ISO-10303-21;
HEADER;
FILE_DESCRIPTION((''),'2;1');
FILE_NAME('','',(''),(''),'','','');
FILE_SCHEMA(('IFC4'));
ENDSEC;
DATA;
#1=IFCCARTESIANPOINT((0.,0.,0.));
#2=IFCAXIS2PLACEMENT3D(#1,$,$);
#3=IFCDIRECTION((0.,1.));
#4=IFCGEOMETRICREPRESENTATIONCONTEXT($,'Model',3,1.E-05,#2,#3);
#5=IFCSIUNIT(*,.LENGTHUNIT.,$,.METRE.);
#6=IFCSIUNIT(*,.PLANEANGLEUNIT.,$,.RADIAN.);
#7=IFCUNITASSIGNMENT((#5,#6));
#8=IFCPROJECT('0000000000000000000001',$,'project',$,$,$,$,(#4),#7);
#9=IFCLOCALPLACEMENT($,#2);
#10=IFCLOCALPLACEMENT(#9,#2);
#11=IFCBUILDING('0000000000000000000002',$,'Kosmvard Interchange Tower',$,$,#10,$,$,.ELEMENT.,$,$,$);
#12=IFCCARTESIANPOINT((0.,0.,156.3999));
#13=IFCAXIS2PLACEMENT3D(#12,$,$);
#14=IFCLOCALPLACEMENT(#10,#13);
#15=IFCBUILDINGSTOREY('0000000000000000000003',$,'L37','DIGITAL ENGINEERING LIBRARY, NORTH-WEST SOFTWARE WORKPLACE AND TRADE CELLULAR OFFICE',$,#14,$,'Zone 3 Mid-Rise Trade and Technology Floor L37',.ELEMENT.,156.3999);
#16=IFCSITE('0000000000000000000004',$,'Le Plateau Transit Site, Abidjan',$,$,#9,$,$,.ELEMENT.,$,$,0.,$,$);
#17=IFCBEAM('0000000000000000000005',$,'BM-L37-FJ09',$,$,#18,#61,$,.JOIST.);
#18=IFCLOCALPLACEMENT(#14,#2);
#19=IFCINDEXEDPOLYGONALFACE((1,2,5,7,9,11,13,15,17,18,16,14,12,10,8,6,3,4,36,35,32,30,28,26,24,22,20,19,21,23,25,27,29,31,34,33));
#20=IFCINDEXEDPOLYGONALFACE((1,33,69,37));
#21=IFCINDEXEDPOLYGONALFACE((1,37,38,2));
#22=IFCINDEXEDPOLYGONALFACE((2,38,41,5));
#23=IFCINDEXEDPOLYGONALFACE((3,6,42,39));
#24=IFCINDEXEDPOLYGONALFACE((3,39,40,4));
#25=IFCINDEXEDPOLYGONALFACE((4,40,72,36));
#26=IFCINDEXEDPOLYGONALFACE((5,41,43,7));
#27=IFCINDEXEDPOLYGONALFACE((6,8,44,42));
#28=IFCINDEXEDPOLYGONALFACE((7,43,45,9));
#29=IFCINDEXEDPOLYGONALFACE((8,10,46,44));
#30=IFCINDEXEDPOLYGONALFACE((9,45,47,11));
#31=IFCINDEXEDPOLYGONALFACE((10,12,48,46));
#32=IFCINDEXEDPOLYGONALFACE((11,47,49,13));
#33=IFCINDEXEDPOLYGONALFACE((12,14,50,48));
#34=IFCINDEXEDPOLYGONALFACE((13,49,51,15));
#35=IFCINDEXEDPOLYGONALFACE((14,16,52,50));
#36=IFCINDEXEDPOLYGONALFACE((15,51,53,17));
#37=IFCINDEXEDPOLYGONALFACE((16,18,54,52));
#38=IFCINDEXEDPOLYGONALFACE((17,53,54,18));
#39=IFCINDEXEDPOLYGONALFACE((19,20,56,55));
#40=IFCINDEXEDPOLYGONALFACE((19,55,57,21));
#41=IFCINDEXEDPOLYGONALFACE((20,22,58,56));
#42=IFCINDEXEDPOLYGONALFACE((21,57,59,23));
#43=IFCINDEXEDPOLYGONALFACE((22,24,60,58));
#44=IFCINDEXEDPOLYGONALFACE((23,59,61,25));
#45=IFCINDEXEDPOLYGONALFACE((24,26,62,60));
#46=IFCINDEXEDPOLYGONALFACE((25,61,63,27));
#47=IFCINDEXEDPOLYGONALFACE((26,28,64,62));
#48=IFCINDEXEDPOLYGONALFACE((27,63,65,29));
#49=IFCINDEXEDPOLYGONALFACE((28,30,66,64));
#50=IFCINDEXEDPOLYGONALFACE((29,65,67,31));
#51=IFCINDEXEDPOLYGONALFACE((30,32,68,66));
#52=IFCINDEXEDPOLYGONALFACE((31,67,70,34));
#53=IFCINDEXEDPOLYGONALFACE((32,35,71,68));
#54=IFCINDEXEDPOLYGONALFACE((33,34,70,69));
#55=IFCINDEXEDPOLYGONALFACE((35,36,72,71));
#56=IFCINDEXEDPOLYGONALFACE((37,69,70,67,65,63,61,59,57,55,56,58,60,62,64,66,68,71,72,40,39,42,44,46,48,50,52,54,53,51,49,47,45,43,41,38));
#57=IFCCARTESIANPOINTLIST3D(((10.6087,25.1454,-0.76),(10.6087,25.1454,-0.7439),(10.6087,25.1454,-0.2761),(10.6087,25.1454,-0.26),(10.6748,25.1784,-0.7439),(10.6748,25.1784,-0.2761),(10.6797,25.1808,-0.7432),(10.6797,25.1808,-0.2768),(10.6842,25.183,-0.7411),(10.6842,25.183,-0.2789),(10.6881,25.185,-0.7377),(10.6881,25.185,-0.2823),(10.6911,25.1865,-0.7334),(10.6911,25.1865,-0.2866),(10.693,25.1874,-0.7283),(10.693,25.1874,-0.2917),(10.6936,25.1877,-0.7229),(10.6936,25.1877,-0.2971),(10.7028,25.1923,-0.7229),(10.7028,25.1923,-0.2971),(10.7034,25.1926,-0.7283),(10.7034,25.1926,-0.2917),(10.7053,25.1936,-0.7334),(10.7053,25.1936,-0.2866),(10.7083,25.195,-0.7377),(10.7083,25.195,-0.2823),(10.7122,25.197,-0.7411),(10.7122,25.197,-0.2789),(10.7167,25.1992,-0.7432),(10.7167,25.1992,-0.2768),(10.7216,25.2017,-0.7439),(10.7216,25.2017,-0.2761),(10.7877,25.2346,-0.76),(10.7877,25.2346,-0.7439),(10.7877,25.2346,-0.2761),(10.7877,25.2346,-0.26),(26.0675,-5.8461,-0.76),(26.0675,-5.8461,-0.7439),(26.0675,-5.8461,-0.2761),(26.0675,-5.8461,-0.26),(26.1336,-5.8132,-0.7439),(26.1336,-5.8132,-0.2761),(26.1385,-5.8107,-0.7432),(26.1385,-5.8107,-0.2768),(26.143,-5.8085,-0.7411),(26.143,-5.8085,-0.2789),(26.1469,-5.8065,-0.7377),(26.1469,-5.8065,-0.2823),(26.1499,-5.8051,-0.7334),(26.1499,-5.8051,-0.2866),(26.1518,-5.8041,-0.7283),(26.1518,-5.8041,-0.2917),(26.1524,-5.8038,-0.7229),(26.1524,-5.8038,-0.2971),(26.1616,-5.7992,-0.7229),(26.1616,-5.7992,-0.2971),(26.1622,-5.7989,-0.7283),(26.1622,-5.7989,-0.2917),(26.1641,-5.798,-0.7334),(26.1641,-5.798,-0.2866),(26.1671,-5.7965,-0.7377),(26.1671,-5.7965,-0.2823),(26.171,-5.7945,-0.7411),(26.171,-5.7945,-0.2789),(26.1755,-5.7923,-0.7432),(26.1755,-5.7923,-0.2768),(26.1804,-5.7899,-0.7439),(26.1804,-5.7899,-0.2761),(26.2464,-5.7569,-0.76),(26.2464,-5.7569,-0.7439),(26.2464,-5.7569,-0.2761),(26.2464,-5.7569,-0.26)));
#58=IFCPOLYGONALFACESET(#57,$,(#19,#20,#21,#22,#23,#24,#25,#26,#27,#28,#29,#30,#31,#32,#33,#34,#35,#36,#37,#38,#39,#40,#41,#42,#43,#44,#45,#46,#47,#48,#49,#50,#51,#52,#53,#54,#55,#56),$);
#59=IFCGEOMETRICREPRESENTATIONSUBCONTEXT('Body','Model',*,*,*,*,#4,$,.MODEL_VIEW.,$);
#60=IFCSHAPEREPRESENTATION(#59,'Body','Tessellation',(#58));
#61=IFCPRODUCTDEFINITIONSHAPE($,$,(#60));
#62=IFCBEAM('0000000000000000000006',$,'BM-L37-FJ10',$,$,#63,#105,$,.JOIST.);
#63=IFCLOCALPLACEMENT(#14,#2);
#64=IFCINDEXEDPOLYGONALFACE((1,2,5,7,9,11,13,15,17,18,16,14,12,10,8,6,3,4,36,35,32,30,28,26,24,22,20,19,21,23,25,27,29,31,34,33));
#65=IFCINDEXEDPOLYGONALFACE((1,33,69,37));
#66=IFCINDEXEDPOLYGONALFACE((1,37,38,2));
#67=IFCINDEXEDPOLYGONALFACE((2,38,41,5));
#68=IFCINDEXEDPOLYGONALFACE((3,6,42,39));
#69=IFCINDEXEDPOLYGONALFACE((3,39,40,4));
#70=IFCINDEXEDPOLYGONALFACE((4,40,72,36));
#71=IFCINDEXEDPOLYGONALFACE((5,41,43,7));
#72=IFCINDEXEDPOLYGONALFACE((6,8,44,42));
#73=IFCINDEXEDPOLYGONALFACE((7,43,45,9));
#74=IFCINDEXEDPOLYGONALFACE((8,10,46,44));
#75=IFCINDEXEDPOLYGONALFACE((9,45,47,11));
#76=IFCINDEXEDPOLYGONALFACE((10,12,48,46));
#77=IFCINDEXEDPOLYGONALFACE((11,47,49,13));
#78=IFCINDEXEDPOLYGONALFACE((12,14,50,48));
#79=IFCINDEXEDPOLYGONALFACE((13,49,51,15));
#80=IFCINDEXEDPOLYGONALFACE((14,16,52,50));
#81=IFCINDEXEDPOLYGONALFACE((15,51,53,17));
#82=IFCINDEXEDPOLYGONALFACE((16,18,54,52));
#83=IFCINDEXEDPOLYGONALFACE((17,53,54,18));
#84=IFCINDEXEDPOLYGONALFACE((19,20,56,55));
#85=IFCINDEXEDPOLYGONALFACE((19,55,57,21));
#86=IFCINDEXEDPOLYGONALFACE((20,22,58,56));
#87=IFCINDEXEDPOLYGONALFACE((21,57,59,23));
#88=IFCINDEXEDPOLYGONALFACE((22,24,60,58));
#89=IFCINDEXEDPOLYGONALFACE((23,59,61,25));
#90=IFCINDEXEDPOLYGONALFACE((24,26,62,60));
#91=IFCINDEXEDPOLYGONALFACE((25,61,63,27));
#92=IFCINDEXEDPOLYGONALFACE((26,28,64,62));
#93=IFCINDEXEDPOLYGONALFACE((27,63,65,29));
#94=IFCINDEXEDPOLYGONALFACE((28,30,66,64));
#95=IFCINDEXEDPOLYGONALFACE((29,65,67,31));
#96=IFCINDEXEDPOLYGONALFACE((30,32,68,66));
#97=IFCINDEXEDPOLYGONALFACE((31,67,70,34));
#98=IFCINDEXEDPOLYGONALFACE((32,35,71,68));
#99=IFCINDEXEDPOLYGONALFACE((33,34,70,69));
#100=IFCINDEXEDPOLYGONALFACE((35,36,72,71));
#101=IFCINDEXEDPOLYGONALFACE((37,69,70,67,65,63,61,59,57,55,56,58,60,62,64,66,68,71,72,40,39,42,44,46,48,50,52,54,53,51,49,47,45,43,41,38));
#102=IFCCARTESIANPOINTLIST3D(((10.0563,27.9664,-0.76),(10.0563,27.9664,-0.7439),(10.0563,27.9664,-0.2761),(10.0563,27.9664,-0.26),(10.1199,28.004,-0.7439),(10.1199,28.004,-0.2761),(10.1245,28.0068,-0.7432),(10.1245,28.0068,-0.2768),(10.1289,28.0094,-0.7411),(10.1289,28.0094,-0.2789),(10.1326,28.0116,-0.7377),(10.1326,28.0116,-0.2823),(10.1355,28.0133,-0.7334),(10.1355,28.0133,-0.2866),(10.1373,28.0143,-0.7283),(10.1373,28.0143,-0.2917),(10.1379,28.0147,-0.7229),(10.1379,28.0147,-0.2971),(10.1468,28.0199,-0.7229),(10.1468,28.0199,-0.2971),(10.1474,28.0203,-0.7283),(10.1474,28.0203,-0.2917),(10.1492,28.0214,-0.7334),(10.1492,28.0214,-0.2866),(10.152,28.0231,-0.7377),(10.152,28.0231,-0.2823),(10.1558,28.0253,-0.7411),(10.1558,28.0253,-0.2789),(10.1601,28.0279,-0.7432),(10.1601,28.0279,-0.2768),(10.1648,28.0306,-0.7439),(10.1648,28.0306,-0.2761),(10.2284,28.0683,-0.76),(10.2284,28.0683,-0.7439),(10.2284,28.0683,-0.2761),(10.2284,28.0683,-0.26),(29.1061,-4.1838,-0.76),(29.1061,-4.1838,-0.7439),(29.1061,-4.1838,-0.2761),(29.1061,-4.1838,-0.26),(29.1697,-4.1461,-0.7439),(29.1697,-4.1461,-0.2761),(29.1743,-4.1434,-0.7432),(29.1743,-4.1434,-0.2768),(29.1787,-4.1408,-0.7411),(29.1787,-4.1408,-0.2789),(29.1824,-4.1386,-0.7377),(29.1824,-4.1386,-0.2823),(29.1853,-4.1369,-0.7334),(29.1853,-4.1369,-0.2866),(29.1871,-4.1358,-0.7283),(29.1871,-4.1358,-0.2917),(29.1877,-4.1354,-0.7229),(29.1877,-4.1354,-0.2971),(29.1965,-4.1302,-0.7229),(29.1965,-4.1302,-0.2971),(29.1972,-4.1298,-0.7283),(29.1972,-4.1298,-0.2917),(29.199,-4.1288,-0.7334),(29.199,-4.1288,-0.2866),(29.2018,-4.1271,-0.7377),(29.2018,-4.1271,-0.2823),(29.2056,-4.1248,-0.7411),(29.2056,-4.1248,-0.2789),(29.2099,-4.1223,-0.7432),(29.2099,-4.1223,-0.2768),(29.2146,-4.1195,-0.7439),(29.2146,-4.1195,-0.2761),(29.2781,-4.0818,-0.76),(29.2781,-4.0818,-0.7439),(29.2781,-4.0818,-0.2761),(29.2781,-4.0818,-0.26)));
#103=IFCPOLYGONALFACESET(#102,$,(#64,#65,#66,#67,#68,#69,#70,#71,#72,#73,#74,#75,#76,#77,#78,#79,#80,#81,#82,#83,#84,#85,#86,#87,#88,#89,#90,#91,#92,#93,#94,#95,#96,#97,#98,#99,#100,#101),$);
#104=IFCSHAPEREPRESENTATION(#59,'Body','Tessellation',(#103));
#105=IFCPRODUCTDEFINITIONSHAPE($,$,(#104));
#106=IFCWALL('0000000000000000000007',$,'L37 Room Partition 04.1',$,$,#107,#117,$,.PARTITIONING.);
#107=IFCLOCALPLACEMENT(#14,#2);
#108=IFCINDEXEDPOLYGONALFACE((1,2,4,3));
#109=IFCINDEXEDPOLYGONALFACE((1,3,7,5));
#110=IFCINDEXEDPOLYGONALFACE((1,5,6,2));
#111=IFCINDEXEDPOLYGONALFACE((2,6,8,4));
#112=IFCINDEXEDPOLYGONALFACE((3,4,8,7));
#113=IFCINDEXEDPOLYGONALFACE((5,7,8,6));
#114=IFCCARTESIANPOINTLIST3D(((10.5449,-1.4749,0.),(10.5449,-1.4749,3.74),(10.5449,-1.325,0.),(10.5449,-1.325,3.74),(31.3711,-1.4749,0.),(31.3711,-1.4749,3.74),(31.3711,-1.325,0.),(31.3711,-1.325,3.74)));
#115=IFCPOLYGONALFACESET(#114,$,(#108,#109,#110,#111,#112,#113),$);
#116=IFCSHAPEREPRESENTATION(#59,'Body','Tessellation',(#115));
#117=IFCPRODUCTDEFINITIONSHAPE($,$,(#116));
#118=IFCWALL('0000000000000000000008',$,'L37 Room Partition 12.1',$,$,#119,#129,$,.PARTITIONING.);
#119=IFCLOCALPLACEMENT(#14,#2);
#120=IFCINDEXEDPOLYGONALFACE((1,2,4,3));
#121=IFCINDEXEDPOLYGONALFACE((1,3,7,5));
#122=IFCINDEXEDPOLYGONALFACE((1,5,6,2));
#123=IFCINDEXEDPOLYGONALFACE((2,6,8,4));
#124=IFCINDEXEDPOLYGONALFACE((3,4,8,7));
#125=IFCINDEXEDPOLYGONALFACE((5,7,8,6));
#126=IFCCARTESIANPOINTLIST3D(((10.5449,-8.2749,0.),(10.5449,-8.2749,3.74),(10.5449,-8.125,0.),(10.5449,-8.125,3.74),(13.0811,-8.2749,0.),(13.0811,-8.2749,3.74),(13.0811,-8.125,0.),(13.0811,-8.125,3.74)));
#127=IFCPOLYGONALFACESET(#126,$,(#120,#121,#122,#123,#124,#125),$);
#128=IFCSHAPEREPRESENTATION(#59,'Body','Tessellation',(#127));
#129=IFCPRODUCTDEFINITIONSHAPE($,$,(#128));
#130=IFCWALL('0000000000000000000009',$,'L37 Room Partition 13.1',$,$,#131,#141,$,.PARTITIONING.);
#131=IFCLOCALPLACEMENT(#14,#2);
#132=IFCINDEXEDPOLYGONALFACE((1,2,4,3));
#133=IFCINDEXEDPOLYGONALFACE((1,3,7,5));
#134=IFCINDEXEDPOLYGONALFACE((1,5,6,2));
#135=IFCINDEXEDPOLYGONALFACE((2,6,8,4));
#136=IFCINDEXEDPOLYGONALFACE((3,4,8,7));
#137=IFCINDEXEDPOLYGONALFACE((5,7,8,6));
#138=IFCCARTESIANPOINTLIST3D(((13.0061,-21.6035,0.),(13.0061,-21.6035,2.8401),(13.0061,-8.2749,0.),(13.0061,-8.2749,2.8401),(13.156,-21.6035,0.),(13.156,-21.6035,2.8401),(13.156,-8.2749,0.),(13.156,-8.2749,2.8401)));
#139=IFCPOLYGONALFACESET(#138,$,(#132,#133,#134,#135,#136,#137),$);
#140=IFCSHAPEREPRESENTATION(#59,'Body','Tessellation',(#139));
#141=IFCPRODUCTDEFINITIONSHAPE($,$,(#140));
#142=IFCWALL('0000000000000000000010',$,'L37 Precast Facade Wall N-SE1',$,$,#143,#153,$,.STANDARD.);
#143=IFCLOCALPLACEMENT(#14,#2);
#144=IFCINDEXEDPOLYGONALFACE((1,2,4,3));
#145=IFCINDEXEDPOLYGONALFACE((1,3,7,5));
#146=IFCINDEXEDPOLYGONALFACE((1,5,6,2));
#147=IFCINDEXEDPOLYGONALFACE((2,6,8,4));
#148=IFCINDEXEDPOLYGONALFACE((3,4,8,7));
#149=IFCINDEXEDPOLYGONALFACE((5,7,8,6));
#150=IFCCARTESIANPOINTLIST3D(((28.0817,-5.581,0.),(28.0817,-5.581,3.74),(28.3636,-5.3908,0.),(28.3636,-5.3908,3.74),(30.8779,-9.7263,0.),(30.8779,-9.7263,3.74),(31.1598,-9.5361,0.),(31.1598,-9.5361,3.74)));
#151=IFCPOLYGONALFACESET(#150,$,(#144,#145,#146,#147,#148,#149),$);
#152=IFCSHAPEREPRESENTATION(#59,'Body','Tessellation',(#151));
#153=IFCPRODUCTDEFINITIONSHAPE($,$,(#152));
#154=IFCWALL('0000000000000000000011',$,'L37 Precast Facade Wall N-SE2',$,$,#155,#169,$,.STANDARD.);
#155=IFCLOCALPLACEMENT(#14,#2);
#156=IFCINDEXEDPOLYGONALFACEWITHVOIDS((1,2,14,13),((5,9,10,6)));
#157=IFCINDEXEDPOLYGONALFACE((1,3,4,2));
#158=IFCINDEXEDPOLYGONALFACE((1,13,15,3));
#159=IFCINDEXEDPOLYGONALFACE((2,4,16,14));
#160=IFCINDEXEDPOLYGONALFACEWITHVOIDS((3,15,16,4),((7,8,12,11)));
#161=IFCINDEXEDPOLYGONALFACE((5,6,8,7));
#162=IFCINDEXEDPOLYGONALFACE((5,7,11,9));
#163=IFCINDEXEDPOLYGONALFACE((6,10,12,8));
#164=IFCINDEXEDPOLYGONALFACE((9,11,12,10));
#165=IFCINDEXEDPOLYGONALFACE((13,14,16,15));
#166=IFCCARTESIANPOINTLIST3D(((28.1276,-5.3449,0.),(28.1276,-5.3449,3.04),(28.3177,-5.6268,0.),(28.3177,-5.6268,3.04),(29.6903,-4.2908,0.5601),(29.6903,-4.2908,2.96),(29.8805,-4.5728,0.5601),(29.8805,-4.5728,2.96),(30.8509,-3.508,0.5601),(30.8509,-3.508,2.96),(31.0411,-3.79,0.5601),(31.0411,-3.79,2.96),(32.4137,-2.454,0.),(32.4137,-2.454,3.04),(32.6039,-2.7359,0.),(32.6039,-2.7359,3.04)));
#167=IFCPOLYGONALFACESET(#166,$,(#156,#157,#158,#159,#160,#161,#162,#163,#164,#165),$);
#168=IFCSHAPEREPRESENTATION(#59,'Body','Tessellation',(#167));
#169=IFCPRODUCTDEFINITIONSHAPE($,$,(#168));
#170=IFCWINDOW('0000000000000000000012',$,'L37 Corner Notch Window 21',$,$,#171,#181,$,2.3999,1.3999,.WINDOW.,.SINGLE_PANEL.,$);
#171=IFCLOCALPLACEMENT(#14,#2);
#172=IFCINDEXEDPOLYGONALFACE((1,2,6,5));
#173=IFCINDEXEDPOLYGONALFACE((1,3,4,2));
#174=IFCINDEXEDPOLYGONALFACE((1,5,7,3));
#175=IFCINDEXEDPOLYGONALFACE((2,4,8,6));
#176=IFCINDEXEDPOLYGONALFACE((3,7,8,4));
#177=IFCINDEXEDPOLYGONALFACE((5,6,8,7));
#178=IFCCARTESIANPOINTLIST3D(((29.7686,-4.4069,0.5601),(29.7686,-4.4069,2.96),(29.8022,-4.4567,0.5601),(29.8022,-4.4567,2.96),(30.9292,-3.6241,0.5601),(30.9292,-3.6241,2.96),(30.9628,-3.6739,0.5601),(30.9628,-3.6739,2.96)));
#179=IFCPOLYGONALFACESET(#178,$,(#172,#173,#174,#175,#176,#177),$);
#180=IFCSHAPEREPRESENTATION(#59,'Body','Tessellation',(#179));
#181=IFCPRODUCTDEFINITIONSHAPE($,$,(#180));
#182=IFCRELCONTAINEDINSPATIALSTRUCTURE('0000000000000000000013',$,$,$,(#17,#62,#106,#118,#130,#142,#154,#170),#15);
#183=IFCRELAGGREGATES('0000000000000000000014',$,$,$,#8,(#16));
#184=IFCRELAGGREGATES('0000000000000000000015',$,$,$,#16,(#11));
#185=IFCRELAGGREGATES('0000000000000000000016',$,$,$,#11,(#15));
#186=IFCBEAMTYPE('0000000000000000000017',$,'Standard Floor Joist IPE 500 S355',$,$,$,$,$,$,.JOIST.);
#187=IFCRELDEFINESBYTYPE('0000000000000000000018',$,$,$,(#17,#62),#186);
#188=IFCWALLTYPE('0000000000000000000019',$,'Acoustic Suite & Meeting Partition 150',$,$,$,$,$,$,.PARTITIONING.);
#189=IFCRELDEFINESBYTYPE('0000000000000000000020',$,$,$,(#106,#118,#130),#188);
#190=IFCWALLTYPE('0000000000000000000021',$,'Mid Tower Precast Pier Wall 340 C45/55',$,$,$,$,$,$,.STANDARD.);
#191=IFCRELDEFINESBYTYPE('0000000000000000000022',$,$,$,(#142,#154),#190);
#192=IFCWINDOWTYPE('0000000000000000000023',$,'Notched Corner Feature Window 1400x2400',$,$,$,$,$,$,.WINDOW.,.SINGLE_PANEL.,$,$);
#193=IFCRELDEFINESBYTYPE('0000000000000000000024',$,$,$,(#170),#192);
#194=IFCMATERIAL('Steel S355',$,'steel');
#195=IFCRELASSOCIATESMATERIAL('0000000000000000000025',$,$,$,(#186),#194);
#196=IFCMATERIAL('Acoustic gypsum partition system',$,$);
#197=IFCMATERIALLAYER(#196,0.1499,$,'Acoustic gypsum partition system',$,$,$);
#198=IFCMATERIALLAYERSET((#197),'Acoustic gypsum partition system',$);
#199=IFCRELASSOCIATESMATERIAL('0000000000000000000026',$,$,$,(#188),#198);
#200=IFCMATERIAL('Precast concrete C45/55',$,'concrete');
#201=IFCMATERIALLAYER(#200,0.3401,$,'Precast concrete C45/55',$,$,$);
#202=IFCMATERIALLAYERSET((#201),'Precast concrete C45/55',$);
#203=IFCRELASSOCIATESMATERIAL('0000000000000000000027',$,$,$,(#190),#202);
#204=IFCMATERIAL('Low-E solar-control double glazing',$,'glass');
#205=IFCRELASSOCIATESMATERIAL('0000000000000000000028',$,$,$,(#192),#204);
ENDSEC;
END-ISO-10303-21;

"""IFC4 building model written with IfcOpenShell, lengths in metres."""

from ifc_helpers import new_model, si_unit, direction, frame, frame_2d, origin, origin_2d, place, context, subcontext, project, spatial, rectangle, i_section, extrude, source, transform, mapped, material, layer, layer_set, material_profile, profile_set, type_object, element, fill, save


model = new_model("IFC4")

# Units and contexts
model_context = context("Model", 3, precision=1e-05, world=origin(), true_north=direction((0.0, 1.0)))
body_context = subcontext(model_context, "Body", "Model", "MODEL_VIEW")
ifc_project = project(units=[si_unit("LENGTHUNIT", "METRE"), si_unit("PLANEANGLEUNIT", "RADIAN")], contexts=[model_context])

# Site, building, storey
site_placement = place(None, origin())
site = spatial("IfcSite", under=ifc_project, at=site_placement, Name="Le Plateau Transit Site, Abidjan", CompositionType="ELEMENT", RefElevation=0.0)
building_placement = place(site_placement, origin())
building = spatial("IfcBuilding", under=site, at=building_placement, Name="Kosmvard Interchange Tower", CompositionType="ELEMENT")
storey_placement = place(building_placement, frame((0.0, 0.0, 156.3999)))
storey = spatial("IfcBuildingStorey", under=building, at=storey_placement, Name="L37", Description="DIGITAL ENGINEERING LIBRARY, NORTH-WEST SOFTWARE WORKPLACE AND TRADE CELLULAR OFFICE", LongName="Zone 3 Mid-Rise Trade and Technology Floor L37", CompositionType="ELEMENT", Elevation=156.3999)

# Beams
ifc_material_1 = material(Name="Steel S355", Category="steel")
ifc_material_2 = material(Name="Precast concrete C45/55", Category="concrete")
ifc_material_profile_1 = material_profile(ifc_material_1, i_section(OverallWidth=0.2, OverallDepth=0.5, WebThickness=0.0103, FlangeThickness=0.0161, FilletRadius=0.021, at=origin_2d()), Name="IPE 500")
ifc_profile_set_1 = profile_set([ifc_material_profile_1], Name="Steel S355")
beam_type_1 = type_object("IfcBeamType", Name="Standard Floor Joist IPE 500 S355", PredefinedType="JOIST", material=ifc_profile_set_1)
shared_shape_1 = source(origin(), body_context, "Body", "SweptSolid", [
    extrude(i_section(OverallWidth=0.2, OverallDepth=0.5, WebThickness=0.0103, FlangeThickness=0.0161, FilletRadius=0.021, at=origin_2d()), origin(), (0.0, 0.0, 1.0), 34.6331),
])
beam_1_placement = place(storey_placement, frame((26.157, -5.8015, -0.51), z_axis=(-0.446359, 0.894854, 0.0), x_axis=(-0.894854, -0.446359, 0.0)))
element("IfcBeam", 1, at=beam_1_placement, inside=storey, type_object=beam_type_1, Name="BM-L37-FJ09", PredefinedType="JOIST", context=body_context, shape_type="MappedRepresentation", body=[
    mapped(shared_shape_1, transform((0.0, 0.0, 0.0), scale=1.0)),
])
shared_shape_2 = source(origin(), body_context, "Body", "SweptSolid", [
    extrude(i_section(OverallWidth=0.2, OverallDepth=0.5, WebThickness=0.0103, FlangeThickness=0.0161, FilletRadius=0.021, at=origin_2d()), origin(), (0.0, 0.0, 1.0), 37.3701),
])
beam_2_placement = place(storey_placement, frame((29.1921, -4.1328, -0.51), z_axis=(-0.50976, 0.860317, 0.0), x_axis=(-0.860317, -0.50976, 0.0)))
element("IfcBeam", 2, at=beam_2_placement, inside=storey, type_object=beam_type_1, Name="BM-L37-FJ10", PredefinedType="JOIST", context=body_context, shape_type="MappedRepresentation", body=[
    mapped(shared_shape_2, transform((0.0, 0.0, 0.0), scale=1.0)),
])

# Walls
ifc_material_3 = material(Name="Acoustic gypsum partition system")
ifc_layer_1 = layer(ifc_material_3, 0.1499, Name="Acoustic gypsum partition system")
ifc_layer_set_1 = layer_set([ifc_layer_1], Name="Acoustic gypsum partition system")
wall_type_1 = type_object("IfcWallType", Name="Acoustic Suite & Meeting Partition 150", PredefinedType="PARTITIONING", material=ifc_layer_set_1)
wall_1_placement = place(storey_placement, frame((10.5449, -1.3999, 0.0), z_axis=(0.0, 0.0, 1.0), x_axis=(1.0, 0.0, 0.0)))
element("IfcWall", 3, at=wall_1_placement, inside=storey, type_object=wall_type_1, Name="L37 Room Partition 04.1", PredefinedType="PARTITIONING", context=body_context, shape_type="SweptSolid", body=[
    extrude(rectangle(XDim=20.8262, YDim=0.1499, at=frame_2d((10.4131, 0.0))), origin(), (0.0, 0.0, 1.0), 3.74),
])
wall_2_placement = place(storey_placement, frame((10.5449, -8.2, 0.0), z_axis=(0.0, 0.0, 1.0), x_axis=(1.0, 0.0, 0.0)))
element("IfcWall", 4, at=wall_2_placement, inside=storey, type_object=wall_type_1, Name="L37 Room Partition 12.1", PredefinedType="PARTITIONING", context=body_context, shape_type="SweptSolid", body=[
    extrude(rectangle(XDim=2.5361, YDim=0.1499, at=frame_2d((1.2681, 0.0))), origin(), (0.0, 0.0, 1.0), 3.74),
])
wall_3_placement = place(storey_placement, frame((13.0811, -8.2749, 0.0), z_axis=(0.0, 0.0, 1.0), x_axis=(0.0, -1.0, 0.0)))
element("IfcWall", 5, at=wall_3_placement, inside=storey, type_object=wall_type_1, Name="L37 Room Partition 13.1", PredefinedType="PARTITIONING", context=body_context, shape_type="SweptSolid", body=[
    extrude(rectangle(XDim=13.3286, YDim=0.1499, at=frame_2d((6.6643, 0.0))), origin(), (0.0, 0.0, 1.0), 2.8401),
])
ifc_layer_2 = layer(ifc_material_2, 0.3401, Name="Precast concrete C45/55")
ifc_layer_set_2 = layer_set([ifc_layer_2], Name="Precast concrete C45/55")
wall_type_2 = type_object("IfcWallType", Name="Mid Tower Precast Pier Wall 340 C45/55", PredefinedType="STANDARD", material=ifc_layer_set_2)
wall_4_placement = place(storey_placement, frame((31.0188, -9.6311, 0.0), z_axis=(0.0, 0.0, 1.0), x_axis=(-0.55921, 0.829026, 0.0)))
element("IfcWall", 6, at=wall_4_placement, inside=storey, type_object=wall_type_2, Name="L37 Precast Facade Wall N-SE1", PredefinedType="STANDARD", context=body_context, shape_type="SweptSolid", body=[
    extrude(rectangle(XDim=5.0002, YDim=0.3401, at=frame_2d((2.5, 0.0))), origin(), (0.0, 0.0, 1.0), 3.74),
])

# Wall, opening, window
wall_5_placement = place(storey_placement, frame((28.2227, -5.4858, 0.0), z_axis=(0.0, 0.0, 1.0), x_axis=(0.829052, 0.559171, 0.0)))
wall_5 = element("IfcWall", 7, at=wall_5_placement, inside=storey, type_object=wall_type_2, Name="L37 Precast Facade Wall N-SE2", PredefinedType="STANDARD", context=body_context, shape_type="SweptSolid", body=[
    extrude(rectangle(XDim=5.1699, YDim=0.3401, at=frame_2d((2.585, 0.0))), origin(), (0.0, 0.0, 1.0), 3.04),
])
opening_1_placement = place(wall_5_placement, frame((1.885, 0.0, 0.5601)))
opening_1 = element("IfcOpeningElement", 8, at=opening_1_placement, cuts=wall_5, PredefinedType="OPENING", context=body_context, shape_type="SweptSolid", body=[
    extrude(rectangle(XDim=1.3999, YDim=2.3999, at=frame_2d((0.7, 1.2))), frame((0.0, 0.1802, 0.0), z_axis=(0.0, -1.0, 0.0), x_axis=(1.0, 0.0, 0.0)), (0.0, 0.0, 1.0), 0.3601),
])
ifc_material_4 = material(Name="Low-E solar-control double glazing", Category="glass")
window_type_1 = type_object("IfcWindowType", Name="Notched Corner Feature Window 1400x2400", PartitioningType="SINGLE_PANEL", PredefinedType="WINDOW", material=ifc_material_4)
shared_shape_3 = source(origin(), body_context, "Body", "SweptSolid", [
    extrude(rectangle(XDim=1.3999, YDim=2.3999, at=frame_2d((0.7, 1.2))), frame((0.0, 0.03, 0.0), z_axis=(0.0, -1.0, 0.0), x_axis=(1.0, 0.0, 0.0)), (0.0, 0.0, 1.0), 0.0601),
])
window_1_placement = place(opening_1_placement, origin())
window_1 = element("IfcWindow", 9, at=window_1_placement, inside=storey, type_object=window_type_1, Name="L37 Corner Notch Window 21", OverallHeight=2.3999, OverallWidth=1.3999, PartitioningType="SINGLE_PANEL", PredefinedType="WINDOW", context=body_context, shape_type="MappedRepresentation", body=[
    mapped(shared_shape_3, transform((0.0, 0.0, 0.0), scale=1.0)),
])
fill(opening_1, window_1)

save(model, "model.ifc")
